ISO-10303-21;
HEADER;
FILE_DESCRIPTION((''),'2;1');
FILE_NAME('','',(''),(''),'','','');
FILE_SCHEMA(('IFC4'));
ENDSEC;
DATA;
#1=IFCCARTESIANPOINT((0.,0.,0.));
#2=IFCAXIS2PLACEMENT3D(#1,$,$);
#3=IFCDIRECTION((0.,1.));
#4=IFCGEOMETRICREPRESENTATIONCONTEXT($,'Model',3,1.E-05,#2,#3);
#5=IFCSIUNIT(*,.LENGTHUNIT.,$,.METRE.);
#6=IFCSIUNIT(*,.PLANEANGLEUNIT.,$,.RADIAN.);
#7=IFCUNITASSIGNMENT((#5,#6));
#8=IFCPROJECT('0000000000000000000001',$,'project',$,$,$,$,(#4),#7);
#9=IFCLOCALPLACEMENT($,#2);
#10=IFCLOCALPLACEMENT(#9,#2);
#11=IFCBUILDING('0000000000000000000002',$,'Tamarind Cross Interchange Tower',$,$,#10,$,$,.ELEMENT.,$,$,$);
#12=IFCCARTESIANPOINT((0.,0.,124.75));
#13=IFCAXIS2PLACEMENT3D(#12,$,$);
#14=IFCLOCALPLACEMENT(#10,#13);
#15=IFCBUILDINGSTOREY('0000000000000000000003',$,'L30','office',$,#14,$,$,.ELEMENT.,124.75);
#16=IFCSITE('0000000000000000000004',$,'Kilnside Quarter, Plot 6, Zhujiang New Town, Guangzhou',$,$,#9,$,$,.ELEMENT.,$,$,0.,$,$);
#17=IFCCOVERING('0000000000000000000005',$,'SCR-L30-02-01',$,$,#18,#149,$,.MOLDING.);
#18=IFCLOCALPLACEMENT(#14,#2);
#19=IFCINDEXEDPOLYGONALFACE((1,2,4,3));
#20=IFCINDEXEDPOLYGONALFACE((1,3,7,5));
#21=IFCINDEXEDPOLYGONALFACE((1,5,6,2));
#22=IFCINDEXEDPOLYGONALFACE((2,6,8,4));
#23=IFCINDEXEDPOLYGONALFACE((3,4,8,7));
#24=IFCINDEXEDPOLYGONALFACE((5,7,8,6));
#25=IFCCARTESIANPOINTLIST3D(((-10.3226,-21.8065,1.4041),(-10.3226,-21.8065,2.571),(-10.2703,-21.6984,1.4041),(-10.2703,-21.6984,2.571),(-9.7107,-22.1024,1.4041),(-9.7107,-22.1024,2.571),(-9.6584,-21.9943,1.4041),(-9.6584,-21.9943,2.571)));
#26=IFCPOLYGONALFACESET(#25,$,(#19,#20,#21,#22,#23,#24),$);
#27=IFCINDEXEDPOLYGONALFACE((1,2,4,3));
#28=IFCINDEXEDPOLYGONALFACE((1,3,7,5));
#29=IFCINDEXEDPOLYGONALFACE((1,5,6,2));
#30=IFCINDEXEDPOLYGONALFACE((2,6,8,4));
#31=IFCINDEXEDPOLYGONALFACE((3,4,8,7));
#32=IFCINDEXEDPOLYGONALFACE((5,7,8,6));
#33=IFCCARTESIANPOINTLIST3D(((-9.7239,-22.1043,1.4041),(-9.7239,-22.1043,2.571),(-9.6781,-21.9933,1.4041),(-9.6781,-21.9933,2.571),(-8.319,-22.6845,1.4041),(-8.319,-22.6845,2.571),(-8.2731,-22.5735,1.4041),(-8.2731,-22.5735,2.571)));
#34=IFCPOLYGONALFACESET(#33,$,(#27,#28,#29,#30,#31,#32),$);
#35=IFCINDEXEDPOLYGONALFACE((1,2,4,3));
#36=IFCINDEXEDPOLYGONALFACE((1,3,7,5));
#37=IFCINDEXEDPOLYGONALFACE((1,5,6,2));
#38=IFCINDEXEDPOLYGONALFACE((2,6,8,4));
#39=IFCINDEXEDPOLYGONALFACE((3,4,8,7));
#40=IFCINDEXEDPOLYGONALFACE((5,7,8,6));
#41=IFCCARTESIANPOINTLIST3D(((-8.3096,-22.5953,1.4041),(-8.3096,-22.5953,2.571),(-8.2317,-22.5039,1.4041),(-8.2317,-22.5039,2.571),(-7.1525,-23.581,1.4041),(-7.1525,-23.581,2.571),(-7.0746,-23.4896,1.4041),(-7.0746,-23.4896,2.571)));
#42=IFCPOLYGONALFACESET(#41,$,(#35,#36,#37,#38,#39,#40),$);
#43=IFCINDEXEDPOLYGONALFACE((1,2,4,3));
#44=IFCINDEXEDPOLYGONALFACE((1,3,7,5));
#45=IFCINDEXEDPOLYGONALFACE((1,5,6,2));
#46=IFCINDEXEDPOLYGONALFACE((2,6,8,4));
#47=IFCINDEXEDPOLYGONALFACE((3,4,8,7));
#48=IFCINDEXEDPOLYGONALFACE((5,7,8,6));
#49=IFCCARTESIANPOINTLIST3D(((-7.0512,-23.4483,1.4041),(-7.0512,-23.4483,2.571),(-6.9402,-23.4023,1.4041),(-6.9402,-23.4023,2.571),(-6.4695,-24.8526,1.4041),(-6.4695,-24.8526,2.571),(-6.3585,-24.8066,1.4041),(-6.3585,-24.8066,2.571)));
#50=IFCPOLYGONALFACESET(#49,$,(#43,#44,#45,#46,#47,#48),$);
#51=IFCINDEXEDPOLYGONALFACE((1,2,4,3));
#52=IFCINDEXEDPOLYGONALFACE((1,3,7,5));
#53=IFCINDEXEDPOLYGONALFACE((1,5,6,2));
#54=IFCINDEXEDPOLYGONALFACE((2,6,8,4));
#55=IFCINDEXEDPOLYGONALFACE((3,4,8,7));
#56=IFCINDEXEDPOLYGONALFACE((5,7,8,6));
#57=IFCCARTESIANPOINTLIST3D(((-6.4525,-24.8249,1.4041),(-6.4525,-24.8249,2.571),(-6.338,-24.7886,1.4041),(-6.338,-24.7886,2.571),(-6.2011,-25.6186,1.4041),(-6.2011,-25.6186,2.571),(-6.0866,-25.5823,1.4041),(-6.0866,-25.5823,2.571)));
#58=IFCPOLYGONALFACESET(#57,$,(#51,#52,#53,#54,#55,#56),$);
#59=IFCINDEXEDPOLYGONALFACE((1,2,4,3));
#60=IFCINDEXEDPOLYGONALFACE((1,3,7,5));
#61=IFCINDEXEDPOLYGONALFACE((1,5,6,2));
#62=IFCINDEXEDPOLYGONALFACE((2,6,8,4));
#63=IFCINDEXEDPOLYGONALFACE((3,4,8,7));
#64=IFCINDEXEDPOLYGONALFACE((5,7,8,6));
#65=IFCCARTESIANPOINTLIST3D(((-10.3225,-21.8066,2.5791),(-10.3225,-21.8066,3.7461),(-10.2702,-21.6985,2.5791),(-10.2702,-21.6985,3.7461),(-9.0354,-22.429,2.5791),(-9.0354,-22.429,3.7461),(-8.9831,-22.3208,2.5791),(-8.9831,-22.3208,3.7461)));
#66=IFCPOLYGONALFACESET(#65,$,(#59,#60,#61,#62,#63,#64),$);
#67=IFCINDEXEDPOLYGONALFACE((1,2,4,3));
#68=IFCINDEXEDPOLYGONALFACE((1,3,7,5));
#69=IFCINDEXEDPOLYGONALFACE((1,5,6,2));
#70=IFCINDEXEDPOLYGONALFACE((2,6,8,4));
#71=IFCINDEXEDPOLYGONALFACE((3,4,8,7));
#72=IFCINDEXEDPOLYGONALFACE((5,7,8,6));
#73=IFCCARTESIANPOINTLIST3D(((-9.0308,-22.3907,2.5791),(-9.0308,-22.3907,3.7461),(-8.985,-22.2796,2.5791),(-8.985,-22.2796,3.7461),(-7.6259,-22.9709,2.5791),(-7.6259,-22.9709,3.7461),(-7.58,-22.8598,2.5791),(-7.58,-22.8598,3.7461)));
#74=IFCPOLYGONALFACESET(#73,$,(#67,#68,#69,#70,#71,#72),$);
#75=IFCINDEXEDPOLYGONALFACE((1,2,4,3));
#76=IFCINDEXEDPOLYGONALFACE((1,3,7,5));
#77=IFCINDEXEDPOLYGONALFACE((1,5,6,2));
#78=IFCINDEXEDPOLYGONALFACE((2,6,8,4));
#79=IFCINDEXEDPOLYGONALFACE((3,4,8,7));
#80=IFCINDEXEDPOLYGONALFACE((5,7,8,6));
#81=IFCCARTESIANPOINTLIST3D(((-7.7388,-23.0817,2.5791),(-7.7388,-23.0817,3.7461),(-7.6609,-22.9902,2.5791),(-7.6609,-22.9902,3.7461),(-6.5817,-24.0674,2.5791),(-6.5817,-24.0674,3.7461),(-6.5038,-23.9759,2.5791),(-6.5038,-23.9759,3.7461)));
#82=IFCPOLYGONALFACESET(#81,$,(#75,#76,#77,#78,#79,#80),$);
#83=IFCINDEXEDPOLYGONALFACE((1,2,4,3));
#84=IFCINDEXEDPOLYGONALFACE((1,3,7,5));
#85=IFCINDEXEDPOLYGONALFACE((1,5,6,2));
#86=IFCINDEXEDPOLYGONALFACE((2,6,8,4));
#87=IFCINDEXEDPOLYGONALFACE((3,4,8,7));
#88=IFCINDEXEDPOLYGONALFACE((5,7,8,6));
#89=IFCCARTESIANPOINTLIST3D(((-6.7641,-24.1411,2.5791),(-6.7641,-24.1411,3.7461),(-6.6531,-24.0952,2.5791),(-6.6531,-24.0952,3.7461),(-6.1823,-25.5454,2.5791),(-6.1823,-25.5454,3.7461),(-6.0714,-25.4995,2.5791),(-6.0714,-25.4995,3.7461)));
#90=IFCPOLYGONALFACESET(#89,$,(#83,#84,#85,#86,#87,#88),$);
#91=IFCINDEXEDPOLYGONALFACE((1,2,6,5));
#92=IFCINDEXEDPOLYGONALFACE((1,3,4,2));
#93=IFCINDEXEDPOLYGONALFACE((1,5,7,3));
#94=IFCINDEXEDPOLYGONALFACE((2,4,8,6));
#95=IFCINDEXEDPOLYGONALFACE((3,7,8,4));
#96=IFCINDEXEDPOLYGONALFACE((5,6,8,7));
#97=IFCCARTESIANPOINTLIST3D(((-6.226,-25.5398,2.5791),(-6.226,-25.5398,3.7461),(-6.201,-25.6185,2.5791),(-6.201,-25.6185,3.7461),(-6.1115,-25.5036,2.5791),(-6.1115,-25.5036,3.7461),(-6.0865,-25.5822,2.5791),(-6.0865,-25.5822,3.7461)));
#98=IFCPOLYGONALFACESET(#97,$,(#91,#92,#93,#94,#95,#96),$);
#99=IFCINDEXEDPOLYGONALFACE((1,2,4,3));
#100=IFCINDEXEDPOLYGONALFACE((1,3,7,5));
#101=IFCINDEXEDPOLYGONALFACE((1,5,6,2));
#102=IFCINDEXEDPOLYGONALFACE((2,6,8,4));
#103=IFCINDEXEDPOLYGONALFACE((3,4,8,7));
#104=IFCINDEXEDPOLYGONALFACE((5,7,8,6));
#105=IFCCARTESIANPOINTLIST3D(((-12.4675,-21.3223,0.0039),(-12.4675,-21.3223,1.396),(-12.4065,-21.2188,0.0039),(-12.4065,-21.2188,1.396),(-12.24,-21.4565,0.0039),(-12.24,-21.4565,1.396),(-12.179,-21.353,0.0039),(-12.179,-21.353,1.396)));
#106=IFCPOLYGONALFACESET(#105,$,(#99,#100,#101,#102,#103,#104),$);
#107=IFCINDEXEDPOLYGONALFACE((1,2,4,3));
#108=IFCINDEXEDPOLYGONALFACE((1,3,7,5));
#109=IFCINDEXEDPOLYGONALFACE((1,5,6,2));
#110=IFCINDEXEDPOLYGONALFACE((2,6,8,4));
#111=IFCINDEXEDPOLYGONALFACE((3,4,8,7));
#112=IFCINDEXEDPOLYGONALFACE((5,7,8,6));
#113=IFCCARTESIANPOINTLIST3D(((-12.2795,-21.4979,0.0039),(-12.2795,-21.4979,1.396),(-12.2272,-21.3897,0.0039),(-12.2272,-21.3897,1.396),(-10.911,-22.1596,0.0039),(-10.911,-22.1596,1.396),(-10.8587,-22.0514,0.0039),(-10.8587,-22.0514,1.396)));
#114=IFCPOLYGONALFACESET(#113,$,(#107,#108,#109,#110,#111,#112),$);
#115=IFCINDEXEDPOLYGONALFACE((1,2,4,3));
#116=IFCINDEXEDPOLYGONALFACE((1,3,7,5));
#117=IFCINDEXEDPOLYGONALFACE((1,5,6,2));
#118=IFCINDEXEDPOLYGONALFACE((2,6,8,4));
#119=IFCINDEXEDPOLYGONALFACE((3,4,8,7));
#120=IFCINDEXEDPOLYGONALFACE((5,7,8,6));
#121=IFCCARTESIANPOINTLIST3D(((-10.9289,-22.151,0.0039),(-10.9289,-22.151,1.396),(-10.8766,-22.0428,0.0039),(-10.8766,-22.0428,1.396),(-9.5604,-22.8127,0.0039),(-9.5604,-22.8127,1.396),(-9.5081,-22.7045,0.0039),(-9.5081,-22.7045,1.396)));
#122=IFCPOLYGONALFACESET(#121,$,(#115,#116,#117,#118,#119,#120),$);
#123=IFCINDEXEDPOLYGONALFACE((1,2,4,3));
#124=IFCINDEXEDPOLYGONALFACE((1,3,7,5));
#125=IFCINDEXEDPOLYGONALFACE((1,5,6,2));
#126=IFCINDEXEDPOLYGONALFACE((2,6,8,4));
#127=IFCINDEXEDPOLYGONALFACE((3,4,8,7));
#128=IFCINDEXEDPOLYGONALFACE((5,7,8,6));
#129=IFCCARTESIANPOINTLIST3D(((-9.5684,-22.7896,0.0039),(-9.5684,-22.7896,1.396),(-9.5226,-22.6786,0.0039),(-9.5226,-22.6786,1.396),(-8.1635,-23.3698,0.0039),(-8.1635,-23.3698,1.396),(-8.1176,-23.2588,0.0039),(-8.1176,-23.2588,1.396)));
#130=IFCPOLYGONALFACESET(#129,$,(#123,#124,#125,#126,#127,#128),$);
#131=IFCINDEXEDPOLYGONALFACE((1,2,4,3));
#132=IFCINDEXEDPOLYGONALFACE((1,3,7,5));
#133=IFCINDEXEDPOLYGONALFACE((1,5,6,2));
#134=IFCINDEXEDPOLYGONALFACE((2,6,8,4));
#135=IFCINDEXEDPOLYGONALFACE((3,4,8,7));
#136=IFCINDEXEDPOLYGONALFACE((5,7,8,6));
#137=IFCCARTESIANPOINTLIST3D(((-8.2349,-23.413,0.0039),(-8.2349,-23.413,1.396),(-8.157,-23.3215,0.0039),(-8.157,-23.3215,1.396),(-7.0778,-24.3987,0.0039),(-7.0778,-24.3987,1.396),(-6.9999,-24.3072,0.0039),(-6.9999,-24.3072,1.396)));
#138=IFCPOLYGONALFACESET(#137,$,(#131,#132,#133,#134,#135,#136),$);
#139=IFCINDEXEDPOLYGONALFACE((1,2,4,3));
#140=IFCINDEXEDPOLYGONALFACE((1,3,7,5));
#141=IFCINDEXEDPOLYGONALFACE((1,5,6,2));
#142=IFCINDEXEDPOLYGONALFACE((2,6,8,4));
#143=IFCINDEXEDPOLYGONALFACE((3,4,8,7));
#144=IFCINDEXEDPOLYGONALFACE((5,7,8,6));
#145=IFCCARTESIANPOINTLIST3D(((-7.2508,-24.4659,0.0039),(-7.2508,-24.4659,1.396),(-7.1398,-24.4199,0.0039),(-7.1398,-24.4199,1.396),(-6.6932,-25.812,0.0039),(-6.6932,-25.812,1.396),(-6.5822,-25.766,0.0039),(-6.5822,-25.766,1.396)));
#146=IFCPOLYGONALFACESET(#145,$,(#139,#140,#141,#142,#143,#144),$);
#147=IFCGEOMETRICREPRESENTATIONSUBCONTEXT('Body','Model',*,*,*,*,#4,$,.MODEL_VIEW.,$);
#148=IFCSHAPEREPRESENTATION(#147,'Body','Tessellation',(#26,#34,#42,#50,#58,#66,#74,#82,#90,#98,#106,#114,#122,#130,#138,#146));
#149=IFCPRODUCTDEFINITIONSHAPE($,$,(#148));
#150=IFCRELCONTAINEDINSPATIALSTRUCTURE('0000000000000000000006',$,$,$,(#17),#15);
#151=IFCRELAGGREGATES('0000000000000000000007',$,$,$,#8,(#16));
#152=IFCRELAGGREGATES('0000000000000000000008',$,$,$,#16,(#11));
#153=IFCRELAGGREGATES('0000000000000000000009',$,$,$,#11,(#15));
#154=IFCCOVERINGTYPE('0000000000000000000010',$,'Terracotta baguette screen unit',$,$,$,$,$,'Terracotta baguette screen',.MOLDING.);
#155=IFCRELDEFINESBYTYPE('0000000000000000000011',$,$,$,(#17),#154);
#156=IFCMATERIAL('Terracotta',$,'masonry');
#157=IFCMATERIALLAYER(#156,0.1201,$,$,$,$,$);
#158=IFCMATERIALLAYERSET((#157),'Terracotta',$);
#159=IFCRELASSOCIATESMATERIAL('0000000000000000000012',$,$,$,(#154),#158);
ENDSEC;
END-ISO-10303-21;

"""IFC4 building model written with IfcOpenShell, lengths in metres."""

from ifc_helpers import new_model, si_unit, direction, frame, origin, origin_2d, place, context, subcontext, project, spatial, rectangle, extrude, material, layer, layer_set, type_object, element, save


model = new_model("IFC4")

# Units and contexts
model_context = context("Model", 3, precision=1e-05, world=origin(), true_north=direction((0.0, 1.0)))
body_context = subcontext(model_context, "Body", "Model", "MODEL_VIEW")
ifc_project = project(units=[si_unit("LENGTHUNIT", "METRE"), si_unit("PLANEANGLEUNIT", "RADIAN")], contexts=[model_context])

# Site, building, storey
site_placement = place(None, origin())
site = spatial("IfcSite", under=ifc_project, at=site_placement, Name="Kilnside Quarter, Plot 6, Zhujiang New Town, Guangzhou", CompositionType="ELEMENT", RefElevation=0.0)
building_placement = place(site_placement, origin())
building = spatial("IfcBuilding", under=site, at=building_placement, Name="Tamarind Cross Interchange Tower", CompositionType="ELEMENT")
storey_placement = place(building_placement, frame((0.0, 0.0, 124.75)))
storey = spatial("IfcBuildingStorey", under=building, at=storey_placement, Name="L30", Description="office", CompositionType="ELEMENT", Elevation=124.75)

# Covering
ifc_material_1 = material(Name="Terracotta", Category="masonry")
ifc_layer_1 = layer(ifc_material_1, 0.1201)
ifc_layer_set_1 = layer_set([ifc_layer_1], Name="Terracotta")
covering_type = type_object("IfcCoveringType", Name="Terracotta baguette screen unit", ElementType="Terracotta baguette screen", PredefinedType="MOLDING", material=ifc_layer_set_1)
covering_1_placement = place(storey_placement, origin())
element("IfcCovering", 1, at=covering_1_placement, inside=storey, type_object=covering_type, Name="SCR-L30-02-01", PredefinedType="MOLDING", context=body_context, shape_type="SweptSolid", body=[
    extrude(rectangle(XDim=0.6797, YDim=0.1201, at=origin_2d()), frame((-9.9905, -21.9004, 1.4041), z_axis=(0.0, 0.0, 1.0), x_axis=(0.900273, -0.435326, 0.0)), (0.0, 0.0, 1.0), 1.167),
    extrude(rectangle(XDim=1.52, YDim=0.1201, at=origin_2d()), frame((-8.9985, -22.3389, 1.4041), z_axis=(0.0, 0.0, 1.0), x_axis=(0.924281, -0.381712, 0.0)), (0.0, 0.0, 1.0), 1.167),
    extrude(rectangle(XDim=1.52, YDim=0.1201, at=origin_2d()), frame((-7.6921, -23.0425, 1.4041), z_axis=(0.0, 0.0, 1.0), x_axis=(0.761233, -0.648479, 0.0)), (0.0, 0.0, 1.0), 1.167),
    extrude(rectangle(XDim=1.52, YDim=0.1201, at=origin_2d()), frame((-6.7048, -24.1274, 1.4041), z_axis=(0.0, 0.0, 1.0), x_axis=(0.382708, -0.923869, 0.0)), (0.0, 0.0, 1.0), 1.167),
    extrude(rectangle(XDim=0.8325, YDim=0.1201, at=origin_2d()), frame((-6.2695, -25.2036, 1.4041), z_axis=(0.0, 0.0, 1.0), x_axis=(0.301957, -0.953321, 0.0)), (0.0, 0.0, 1.0), 1.167),
    extrude(rectangle(XDim=1.4297, YDim=0.1201, at=origin_2d()), frame((-9.6528, -22.0637, 2.5791), z_axis=(0.0, 0.0, 1.0), x_axis=(0.900273, -0.435326, 0.0)), (0.0, 0.0, 1.0), 1.167),
    extrude(rectangle(XDim=1.52, YDim=0.1201, at=origin_2d()), frame((-8.3054, -22.6252, 2.5791), z_axis=(0.0, 0.0, 1.0), x_axis=(0.924281, -0.381712, 0.0)), (0.0, 0.0, 1.0), 1.167),
    extrude(rectangle(XDim=1.52, YDim=0.1201, at=origin_2d()), frame((-7.1213, -23.5288, 2.5791), z_axis=(0.0, 0.0, 1.0), x_axis=(0.761233, -0.648479, 0.0)), (0.0, 0.0, 1.0), 1.167),
    extrude(rectangle(XDim=1.52, YDim=0.1201, at=origin_2d()), frame((-6.4177, -24.8203, 2.5791), z_axis=(0.0, 0.0, 1.0), x_axis=(0.382708, -0.923869, 0.0)), (0.0, 0.0, 1.0), 1.167),
    extrude(rectangle(XDim=0.0825, YDim=0.1201, at=origin_2d()), frame((-6.1562, -25.561, 2.5791), z_axis=(0.0, 0.0, 1.0), x_axis=(0.301957, -0.953321, 0.0)), (0.0, 0.0, 1.0), 1.167),
    extrude(rectangle(XDim=0.2642, YDim=0.1201, at=origin_2d()), frame((-12.3232, -21.3376, 0.0039), z_axis=(0.0, 0.0, 1.0), x_axis=(0.861249, -0.508183, 0.0)), (0.0, 0.0, 1.0), 1.3921),
    extrude(rectangle(XDim=1.52, YDim=0.1201, at=origin_2d()), frame((-11.5691, -21.7747, 0.0039), z_axis=(0.0, 0.0, 1.0), x_axis=(0.900273, -0.435326, 0.0)), (0.0, 0.0, 1.0), 1.3921),
    extrude(rectangle(XDim=1.52, YDim=0.1201, at=origin_2d()), frame((-10.2185, -22.4277, 0.0039), z_axis=(0.0, 0.0, 1.0), x_axis=(0.900273, -0.435326, 0.0)), (0.0, 0.0, 1.0), 1.3921),
    extrude(rectangle(XDim=1.52, YDim=0.1201, at=origin_2d()), frame((-8.843, -23.0242, 0.0039), z_axis=(0.0, 0.0, 1.0), x_axis=(0.924281, -0.381712, 0.0)), (0.0, 0.0, 1.0), 1.3921),
    extrude(rectangle(XDim=1.52, YDim=0.1201, at=origin_2d()), frame((-7.6174, -23.8601, 0.0039), z_axis=(0.0, 0.0, 1.0), x_axis=(0.761233, -0.648479, 0.0)), (0.0, 0.0, 1.0), 1.3921),
    extrude(rectangle(XDim=1.457, YDim=0.1201, at=origin_2d()), frame((-6.9165, -25.116, 0.0039), z_axis=(0.0, 0.0, 1.0), x_axis=(0.382708, -0.923869, 0.0)), (0.0, 0.0, 1.0), 1.3921),
])

save(model, "model.ifc")
